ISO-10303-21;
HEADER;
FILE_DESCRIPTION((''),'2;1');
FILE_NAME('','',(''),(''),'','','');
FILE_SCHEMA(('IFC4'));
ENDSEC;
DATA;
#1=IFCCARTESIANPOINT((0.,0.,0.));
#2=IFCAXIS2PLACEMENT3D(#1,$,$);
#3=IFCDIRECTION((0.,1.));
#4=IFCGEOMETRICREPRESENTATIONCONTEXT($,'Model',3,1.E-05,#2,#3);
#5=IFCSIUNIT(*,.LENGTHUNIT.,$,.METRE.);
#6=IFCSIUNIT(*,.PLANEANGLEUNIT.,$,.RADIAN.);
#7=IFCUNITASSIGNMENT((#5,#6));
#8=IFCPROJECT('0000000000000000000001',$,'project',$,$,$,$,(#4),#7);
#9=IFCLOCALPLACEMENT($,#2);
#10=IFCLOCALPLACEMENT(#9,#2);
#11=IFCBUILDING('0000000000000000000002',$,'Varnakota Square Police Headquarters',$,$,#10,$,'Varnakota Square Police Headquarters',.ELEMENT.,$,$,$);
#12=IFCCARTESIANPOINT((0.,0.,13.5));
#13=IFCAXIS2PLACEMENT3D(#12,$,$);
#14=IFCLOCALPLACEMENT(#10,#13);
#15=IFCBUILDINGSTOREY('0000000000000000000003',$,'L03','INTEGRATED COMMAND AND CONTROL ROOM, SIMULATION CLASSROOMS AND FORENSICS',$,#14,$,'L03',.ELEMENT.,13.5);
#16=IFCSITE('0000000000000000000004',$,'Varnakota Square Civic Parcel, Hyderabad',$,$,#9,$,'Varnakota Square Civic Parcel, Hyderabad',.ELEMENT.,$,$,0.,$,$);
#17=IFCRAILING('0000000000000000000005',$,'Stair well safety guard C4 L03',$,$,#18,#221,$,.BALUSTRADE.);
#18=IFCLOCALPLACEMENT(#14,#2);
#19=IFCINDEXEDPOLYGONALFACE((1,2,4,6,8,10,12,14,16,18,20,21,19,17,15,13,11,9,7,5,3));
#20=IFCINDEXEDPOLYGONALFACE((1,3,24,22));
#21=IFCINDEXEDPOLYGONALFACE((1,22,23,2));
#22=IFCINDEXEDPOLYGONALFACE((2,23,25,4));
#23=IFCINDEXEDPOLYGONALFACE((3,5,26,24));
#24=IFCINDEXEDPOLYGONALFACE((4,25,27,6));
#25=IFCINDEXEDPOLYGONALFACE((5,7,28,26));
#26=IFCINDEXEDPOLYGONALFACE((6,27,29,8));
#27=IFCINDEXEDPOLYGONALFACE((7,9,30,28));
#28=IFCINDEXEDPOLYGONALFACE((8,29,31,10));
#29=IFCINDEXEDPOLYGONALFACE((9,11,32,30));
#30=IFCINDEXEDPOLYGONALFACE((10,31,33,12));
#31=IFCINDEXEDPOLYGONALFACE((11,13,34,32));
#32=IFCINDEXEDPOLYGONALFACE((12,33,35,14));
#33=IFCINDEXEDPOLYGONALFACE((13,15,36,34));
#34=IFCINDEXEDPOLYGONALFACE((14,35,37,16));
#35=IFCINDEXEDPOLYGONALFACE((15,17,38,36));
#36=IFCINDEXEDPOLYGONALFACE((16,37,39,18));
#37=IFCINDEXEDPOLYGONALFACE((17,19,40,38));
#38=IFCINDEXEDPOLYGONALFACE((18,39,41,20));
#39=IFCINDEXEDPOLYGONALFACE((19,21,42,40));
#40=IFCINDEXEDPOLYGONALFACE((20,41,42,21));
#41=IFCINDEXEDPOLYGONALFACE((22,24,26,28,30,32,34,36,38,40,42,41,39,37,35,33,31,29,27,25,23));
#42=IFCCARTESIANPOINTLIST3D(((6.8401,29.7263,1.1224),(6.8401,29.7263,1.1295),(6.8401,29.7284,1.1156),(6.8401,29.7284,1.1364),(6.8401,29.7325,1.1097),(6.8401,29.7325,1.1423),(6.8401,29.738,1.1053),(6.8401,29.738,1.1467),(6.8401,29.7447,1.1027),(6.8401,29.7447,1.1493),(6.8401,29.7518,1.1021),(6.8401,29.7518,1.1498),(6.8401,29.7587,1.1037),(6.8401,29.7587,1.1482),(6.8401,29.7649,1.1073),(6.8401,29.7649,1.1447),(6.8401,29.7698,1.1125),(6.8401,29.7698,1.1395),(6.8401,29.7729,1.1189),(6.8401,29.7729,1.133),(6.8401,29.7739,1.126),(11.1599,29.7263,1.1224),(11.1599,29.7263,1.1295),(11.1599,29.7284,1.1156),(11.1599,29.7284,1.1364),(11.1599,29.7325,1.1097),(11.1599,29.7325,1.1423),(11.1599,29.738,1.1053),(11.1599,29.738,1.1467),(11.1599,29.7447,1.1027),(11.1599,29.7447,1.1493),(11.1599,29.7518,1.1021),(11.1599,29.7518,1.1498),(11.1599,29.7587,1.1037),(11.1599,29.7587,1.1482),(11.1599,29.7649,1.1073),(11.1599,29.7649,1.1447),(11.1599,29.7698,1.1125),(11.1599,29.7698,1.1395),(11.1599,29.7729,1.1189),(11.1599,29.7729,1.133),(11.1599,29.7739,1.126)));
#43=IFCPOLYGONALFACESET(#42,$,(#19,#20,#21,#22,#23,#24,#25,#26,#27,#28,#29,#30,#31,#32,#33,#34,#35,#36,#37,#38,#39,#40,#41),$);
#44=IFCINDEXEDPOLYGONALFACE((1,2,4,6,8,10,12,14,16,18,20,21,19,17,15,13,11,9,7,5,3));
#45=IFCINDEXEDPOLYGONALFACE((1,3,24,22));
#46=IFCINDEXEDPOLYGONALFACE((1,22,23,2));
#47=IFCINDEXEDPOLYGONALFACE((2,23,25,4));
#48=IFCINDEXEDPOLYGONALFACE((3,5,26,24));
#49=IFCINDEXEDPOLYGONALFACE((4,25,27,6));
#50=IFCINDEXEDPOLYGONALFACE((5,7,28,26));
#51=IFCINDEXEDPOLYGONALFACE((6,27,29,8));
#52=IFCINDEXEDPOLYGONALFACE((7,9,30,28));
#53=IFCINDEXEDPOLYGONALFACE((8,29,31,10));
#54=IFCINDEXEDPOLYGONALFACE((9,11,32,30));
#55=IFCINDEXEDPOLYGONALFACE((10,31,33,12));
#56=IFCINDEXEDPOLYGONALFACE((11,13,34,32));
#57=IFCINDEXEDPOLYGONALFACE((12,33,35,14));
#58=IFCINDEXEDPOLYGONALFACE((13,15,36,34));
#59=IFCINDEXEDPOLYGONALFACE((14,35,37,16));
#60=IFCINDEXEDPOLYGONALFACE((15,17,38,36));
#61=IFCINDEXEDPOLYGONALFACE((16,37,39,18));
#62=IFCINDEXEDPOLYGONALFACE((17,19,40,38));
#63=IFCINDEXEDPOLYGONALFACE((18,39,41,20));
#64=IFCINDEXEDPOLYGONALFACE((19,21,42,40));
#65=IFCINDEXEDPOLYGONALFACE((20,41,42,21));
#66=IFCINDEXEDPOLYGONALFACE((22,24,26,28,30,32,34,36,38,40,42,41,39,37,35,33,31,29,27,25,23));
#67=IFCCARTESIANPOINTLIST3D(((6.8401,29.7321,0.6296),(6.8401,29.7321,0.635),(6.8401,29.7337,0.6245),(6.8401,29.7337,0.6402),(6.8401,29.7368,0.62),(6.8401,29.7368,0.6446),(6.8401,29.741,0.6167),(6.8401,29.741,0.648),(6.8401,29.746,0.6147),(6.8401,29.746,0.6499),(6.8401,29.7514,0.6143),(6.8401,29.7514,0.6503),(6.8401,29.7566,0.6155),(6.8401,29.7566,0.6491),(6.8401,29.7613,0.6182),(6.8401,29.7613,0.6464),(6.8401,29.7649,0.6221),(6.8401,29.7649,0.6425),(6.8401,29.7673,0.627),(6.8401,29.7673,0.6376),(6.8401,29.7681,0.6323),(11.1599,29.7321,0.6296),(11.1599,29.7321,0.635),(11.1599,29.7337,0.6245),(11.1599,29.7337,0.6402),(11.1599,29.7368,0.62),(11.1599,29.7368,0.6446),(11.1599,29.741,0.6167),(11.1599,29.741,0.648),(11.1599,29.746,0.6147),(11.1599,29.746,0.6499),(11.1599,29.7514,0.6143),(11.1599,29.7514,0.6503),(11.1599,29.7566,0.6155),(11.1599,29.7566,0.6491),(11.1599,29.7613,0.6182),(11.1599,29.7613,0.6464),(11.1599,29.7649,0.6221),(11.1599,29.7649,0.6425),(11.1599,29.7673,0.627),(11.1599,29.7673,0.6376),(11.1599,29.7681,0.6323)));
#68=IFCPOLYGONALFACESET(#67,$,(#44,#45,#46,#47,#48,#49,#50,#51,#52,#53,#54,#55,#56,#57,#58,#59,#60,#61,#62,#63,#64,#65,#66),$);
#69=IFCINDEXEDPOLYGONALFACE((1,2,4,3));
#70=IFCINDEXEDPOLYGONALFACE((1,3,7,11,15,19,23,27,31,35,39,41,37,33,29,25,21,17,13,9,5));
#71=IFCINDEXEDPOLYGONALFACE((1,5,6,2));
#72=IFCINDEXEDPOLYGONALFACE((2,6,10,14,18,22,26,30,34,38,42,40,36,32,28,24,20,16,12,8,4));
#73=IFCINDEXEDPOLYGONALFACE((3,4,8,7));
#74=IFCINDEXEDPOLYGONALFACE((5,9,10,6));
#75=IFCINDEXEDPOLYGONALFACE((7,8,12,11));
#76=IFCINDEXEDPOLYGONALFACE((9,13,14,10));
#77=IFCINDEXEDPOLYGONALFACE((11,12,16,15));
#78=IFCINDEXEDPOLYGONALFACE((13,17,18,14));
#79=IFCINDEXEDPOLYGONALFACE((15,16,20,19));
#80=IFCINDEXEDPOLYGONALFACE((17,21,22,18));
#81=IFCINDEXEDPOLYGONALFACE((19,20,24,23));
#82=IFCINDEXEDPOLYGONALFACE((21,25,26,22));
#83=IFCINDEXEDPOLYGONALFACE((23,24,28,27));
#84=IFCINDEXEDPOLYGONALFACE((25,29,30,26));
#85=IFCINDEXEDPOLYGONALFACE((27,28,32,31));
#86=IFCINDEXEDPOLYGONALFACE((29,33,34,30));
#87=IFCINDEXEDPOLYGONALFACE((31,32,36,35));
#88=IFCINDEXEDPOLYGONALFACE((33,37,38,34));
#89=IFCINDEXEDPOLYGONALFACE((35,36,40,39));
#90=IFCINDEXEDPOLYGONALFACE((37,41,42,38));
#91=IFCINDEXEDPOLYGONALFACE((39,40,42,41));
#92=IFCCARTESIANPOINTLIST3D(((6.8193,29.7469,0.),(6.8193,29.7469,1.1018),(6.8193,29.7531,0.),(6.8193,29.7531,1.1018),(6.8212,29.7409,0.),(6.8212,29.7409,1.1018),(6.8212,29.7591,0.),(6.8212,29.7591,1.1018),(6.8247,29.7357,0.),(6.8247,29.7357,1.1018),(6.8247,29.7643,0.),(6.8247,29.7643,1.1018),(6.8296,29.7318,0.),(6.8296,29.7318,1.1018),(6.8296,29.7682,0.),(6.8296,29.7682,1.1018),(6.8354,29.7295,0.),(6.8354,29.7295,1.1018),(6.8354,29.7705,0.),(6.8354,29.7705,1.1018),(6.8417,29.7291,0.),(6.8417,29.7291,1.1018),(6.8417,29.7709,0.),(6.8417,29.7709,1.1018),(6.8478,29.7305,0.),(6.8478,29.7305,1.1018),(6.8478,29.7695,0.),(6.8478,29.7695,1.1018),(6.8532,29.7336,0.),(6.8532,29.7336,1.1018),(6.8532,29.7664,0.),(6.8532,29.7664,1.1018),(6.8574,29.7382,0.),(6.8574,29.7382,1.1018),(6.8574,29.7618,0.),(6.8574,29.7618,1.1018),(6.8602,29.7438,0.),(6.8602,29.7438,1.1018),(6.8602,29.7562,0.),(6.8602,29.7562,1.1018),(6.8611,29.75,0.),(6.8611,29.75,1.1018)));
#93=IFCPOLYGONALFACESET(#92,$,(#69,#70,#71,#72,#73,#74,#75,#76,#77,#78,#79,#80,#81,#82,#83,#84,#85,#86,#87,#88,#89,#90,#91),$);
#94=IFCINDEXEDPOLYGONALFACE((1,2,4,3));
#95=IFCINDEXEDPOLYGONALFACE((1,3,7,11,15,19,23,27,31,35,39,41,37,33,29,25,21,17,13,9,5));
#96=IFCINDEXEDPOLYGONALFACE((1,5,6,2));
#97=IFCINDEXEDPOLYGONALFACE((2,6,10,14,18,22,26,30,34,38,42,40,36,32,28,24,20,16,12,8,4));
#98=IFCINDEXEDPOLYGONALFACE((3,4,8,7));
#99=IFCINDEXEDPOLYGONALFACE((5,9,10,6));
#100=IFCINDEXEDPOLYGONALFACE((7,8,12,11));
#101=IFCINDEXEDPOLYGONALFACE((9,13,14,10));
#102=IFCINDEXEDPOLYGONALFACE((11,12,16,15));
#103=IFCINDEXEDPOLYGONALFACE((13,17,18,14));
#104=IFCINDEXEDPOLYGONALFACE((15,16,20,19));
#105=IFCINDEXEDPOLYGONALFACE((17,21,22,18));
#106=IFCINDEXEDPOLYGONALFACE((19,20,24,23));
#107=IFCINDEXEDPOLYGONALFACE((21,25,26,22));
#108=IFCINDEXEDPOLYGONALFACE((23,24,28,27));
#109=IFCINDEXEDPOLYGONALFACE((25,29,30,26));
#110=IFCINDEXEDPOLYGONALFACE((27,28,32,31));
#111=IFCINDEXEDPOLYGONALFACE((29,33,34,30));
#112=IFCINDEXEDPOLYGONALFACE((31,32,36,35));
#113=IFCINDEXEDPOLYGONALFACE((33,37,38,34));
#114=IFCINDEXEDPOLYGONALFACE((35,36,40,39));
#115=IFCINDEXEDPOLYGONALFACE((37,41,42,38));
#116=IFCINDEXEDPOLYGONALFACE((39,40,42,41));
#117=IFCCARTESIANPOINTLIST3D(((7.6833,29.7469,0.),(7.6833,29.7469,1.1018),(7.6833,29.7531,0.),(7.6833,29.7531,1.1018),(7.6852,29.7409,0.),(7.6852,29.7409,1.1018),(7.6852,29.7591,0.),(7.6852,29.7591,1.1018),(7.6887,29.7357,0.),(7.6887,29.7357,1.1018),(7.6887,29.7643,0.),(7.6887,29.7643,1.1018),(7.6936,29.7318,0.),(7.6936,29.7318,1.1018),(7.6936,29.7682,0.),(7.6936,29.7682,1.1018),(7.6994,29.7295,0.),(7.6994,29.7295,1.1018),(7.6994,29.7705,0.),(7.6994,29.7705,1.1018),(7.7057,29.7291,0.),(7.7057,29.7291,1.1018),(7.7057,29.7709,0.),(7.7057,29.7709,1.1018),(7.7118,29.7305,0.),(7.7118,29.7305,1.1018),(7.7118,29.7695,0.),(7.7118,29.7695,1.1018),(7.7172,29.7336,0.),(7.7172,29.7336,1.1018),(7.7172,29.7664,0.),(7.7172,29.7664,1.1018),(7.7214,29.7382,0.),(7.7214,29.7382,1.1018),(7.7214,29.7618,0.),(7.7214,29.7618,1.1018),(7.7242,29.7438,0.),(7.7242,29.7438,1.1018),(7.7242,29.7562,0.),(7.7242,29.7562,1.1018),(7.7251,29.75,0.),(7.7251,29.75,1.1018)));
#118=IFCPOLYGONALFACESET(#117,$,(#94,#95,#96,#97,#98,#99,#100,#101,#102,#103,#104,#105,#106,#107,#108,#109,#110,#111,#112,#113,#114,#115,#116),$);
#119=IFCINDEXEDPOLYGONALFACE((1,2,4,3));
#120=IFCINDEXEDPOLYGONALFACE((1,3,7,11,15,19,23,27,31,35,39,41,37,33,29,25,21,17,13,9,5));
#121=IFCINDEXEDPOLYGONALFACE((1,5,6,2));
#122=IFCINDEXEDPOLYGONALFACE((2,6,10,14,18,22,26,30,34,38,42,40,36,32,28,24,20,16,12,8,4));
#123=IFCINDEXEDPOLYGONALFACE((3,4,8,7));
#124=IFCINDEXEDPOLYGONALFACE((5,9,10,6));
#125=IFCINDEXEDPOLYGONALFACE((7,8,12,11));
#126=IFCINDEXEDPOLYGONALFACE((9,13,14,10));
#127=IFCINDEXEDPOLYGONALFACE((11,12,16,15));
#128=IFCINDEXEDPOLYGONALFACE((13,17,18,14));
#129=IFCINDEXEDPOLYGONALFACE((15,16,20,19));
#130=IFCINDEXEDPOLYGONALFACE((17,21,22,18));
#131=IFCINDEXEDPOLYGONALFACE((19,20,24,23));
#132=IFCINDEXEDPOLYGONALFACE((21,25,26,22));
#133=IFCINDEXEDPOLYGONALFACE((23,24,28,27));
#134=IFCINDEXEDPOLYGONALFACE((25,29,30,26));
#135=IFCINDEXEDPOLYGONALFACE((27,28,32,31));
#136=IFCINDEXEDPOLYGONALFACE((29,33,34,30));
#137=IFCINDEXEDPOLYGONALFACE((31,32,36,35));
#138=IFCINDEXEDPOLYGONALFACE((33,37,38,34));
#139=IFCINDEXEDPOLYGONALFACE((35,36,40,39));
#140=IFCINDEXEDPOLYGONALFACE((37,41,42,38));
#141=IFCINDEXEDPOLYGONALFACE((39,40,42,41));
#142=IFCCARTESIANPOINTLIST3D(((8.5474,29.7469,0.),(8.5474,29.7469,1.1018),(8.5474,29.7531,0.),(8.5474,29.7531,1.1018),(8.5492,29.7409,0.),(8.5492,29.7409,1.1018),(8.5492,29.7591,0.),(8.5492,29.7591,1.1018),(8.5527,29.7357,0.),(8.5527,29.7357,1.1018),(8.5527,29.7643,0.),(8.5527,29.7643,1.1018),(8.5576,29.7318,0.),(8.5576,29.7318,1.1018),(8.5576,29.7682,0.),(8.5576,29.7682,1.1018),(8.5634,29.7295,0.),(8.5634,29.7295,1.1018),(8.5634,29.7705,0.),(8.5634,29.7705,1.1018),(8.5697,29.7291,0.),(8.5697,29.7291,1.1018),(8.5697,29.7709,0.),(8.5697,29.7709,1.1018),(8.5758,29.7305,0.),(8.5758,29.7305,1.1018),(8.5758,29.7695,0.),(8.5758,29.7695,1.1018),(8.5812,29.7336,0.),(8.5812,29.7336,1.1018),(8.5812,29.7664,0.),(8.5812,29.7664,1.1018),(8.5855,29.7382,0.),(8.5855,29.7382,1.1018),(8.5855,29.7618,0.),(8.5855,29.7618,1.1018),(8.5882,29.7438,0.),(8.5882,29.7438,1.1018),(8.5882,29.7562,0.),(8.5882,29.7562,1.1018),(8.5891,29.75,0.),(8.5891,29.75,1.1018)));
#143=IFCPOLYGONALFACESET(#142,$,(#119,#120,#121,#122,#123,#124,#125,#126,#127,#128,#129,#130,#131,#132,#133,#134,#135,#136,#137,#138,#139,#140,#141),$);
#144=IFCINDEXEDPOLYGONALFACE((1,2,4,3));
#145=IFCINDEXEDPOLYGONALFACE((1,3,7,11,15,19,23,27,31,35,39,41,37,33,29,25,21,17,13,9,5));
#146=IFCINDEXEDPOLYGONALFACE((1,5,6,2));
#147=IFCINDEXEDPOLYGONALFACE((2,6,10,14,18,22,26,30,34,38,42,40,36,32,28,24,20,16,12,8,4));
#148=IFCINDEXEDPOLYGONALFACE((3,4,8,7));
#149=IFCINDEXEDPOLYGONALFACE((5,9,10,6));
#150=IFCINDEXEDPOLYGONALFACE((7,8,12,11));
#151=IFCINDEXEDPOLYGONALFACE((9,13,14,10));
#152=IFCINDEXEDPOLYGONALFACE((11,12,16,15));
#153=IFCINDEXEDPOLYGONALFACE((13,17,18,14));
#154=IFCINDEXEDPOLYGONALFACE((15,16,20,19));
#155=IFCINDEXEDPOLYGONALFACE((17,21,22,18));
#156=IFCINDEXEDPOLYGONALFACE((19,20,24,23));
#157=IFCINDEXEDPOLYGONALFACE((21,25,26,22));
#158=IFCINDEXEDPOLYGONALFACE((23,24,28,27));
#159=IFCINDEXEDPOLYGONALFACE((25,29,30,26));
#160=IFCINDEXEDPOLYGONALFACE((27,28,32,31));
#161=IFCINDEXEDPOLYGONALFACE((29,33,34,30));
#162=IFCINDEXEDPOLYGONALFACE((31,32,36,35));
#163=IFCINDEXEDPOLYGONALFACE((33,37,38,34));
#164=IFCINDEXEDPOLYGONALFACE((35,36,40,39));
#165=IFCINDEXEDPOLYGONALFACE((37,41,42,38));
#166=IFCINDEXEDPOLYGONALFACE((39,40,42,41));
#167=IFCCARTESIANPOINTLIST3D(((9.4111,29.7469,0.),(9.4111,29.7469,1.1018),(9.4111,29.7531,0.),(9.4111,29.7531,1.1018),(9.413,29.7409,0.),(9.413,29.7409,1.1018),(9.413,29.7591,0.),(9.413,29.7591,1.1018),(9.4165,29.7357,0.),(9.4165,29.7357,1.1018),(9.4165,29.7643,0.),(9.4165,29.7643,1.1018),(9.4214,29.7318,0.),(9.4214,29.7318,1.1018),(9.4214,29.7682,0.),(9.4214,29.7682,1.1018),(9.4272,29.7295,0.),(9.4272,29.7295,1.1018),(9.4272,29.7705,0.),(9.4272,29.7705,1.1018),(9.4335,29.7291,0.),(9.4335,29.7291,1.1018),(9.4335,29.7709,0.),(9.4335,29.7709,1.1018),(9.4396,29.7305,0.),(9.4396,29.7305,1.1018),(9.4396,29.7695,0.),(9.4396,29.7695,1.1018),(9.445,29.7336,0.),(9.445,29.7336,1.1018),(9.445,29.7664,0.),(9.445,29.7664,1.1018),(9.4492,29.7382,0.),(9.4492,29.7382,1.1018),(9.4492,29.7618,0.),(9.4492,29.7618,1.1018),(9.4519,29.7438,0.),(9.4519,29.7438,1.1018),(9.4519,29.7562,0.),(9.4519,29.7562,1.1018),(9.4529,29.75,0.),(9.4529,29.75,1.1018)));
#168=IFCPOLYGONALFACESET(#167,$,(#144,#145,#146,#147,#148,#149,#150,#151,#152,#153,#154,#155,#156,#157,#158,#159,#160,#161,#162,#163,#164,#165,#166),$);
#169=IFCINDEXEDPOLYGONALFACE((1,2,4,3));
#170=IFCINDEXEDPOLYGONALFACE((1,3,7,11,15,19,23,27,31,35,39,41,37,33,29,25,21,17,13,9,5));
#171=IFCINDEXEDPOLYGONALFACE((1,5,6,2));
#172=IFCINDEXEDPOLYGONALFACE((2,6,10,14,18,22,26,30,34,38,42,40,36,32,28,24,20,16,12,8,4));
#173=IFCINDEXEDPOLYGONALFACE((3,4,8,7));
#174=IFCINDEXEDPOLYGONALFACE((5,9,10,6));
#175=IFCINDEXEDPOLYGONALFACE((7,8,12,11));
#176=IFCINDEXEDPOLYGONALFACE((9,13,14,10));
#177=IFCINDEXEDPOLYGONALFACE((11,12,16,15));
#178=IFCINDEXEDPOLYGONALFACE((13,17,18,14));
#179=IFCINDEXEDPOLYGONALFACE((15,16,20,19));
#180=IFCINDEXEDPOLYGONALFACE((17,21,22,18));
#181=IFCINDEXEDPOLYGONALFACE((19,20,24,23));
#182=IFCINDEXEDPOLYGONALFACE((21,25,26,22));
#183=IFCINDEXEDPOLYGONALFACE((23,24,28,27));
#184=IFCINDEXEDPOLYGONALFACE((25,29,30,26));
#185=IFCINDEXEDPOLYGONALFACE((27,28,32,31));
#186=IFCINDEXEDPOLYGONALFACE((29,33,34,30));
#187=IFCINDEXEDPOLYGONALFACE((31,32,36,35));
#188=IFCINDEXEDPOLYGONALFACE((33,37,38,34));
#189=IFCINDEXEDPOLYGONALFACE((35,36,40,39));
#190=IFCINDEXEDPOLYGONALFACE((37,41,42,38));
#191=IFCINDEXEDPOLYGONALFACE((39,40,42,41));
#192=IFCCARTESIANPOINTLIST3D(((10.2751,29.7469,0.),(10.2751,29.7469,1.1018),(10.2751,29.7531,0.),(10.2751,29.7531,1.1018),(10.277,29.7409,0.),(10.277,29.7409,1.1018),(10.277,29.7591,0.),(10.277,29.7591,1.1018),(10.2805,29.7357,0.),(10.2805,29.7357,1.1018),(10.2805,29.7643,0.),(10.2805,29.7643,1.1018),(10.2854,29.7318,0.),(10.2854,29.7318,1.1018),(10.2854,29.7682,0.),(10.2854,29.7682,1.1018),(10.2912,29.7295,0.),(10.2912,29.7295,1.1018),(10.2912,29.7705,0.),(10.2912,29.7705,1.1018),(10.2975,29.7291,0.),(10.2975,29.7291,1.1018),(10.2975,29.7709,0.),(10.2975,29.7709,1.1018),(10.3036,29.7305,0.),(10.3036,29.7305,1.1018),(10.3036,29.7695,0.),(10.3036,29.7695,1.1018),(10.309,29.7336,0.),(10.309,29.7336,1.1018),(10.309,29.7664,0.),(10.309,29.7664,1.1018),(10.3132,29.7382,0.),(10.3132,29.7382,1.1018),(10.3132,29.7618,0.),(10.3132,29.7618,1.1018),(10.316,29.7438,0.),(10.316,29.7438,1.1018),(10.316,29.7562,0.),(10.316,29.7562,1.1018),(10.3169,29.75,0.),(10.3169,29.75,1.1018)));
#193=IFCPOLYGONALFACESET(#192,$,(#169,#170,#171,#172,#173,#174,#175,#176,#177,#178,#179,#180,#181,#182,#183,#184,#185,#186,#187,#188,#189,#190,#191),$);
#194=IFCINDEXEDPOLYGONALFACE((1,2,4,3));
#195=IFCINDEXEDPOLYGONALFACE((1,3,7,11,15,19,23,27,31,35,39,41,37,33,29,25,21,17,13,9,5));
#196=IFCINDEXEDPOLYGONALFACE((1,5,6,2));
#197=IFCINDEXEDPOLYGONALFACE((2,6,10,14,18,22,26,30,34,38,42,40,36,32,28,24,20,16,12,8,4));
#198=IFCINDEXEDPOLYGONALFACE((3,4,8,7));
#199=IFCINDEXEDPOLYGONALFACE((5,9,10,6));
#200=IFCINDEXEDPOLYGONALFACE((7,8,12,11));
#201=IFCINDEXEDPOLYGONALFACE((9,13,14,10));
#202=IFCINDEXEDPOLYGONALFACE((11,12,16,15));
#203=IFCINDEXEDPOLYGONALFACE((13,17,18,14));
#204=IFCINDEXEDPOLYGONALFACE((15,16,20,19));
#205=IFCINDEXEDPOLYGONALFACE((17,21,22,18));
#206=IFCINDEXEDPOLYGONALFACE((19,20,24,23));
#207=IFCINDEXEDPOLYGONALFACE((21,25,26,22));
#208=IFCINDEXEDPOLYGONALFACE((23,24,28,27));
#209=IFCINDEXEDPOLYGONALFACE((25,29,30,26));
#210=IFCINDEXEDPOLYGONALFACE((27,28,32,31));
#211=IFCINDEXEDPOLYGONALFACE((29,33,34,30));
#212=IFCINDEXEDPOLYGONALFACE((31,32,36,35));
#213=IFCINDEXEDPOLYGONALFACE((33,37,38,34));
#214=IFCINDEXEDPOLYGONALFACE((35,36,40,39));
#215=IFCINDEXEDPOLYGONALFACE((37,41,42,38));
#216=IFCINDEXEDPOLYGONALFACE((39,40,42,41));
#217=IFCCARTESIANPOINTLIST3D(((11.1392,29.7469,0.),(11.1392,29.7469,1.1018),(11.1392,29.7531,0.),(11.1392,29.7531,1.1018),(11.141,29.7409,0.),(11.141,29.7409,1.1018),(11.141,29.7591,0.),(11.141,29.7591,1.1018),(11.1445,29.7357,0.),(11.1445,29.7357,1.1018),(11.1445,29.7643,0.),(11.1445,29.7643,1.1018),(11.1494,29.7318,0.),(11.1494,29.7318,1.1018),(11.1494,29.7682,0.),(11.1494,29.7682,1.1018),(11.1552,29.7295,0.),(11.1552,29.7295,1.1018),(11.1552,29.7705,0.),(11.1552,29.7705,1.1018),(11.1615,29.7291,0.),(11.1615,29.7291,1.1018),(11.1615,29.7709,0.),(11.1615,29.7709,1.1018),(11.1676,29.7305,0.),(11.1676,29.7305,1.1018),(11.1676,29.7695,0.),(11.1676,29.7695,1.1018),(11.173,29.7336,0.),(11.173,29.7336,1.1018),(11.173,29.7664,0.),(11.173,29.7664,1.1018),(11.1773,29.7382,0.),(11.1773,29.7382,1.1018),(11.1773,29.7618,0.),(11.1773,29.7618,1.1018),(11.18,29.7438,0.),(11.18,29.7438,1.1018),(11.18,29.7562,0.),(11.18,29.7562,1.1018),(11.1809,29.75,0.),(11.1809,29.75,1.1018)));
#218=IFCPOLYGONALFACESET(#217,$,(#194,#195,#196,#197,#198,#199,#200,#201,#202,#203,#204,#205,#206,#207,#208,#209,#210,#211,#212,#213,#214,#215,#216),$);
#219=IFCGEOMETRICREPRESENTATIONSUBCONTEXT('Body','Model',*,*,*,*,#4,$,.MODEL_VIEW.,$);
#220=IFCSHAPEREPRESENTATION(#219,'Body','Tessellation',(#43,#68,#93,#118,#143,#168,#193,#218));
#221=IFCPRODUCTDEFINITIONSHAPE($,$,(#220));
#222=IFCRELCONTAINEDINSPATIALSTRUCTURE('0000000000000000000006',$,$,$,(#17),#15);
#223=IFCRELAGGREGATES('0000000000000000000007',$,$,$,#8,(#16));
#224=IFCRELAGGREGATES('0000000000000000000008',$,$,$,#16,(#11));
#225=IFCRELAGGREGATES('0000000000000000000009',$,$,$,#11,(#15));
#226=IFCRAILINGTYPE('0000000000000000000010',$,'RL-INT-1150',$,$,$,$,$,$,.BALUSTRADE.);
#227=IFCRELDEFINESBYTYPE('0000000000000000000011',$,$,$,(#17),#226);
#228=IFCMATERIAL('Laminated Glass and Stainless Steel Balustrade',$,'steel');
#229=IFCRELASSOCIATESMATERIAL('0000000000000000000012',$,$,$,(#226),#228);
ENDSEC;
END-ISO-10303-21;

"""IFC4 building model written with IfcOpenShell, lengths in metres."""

from ifc_helpers import new_model, si_unit, direction, frame, origin, origin_2d, place, context, subcontext, project, spatial, circle, extrude, material, type_object, element, save


model = new_model("IFC4")

# Units and contexts
model_context = context("Model", 3, precision=1e-05, world=origin(), true_north=direction((0.0, 1.0)))
body_context = subcontext(model_context, "Body", "Model", "MODEL_VIEW")
ifc_project = project(units=[si_unit("LENGTHUNIT", "METRE"), si_unit("PLANEANGLEUNIT", "RADIAN")], contexts=[model_context])

# Site, building, storey
site_placement = place(None, origin())
site = spatial("IfcSite", under=ifc_project, at=site_placement, Name="Varnakota Square Civic Parcel, Hyderabad", LongName="Varnakota Square Civic Parcel, Hyderabad", CompositionType="ELEMENT", RefElevation=0.0)
building_placement = place(site_placement, origin())
building = spatial("IfcBuilding", under=site, at=building_placement, Name="Varnakota Square Police Headquarters", LongName="Varnakota Square Police Headquarters", CompositionType="ELEMENT")
storey_placement = place(building_placement, frame((0.0, 0.0, 13.5)))
storey = spatial("IfcBuildingStorey", under=building, at=storey_placement, Name="L03", Description="INTEGRATED COMMAND AND CONTROL ROOM, SIMULATION CLASSROOMS AND FORENSICS", LongName="L03", CompositionType="ELEMENT", Elevation=13.5)

# Railing
ifc_material_1 = material(Name="Laminated Glass and Stainless Steel Balustrade", Category="steel")
railing_type_1 = type_object("IfcRailingType", Name="RL-INT-1150", PredefinedType="BALUSTRADE", material=ifc_material_1)
railing_1_placement = place(storey_placement, frame((6.8401, 29.75, 0.0)))
element("IfcRailing", 1, at=railing_1_placement, inside=storey, type_object=railing_type_1, Name="Stair well safety guard C4 L03", PredefinedType="BALUSTRADE", context=body_context, shape_type="SweptSolid", body=[
    extrude(circle(Radius=0.0239, at=origin_2d()), frame((0.0, 0.0, 1.126), z_axis=(1.0, 0.0, 0.0), x_axis=(0.0, 1.0, 0.0)), (0.0, 0.0, 1.0), 4.3198),
    extrude(circle(Radius=0.0181, at=origin_2d()), frame((0.0, 0.0, 0.6323), z_axis=(1.0, 0.0, 0.0), x_axis=(0.0, 1.0, 0.0)), (0.0, 0.0, 1.0), 4.3198),
    extrude(circle(Radius=0.021, at=origin_2d()), origin(), (0.0, 0.0, 1.0), 1.1018),
    extrude(circle(Radius=0.021, at=origin_2d()), frame((0.864, 0.0, 0.0)), (0.0, 0.0, 1.0), 1.1018),
    extrude(circle(Radius=0.021, at=origin_2d()), frame((1.728, 0.0, 0.0)), (0.0, 0.0, 1.0), 1.1018),
    extrude(circle(Radius=0.021, at=origin_2d()), frame((2.5918, 0.0, 0.0)), (0.0, 0.0, 1.0), 1.1018),
    extrude(circle(Radius=0.021, at=origin_2d()), frame((3.4558, 0.0, 0.0)), (0.0, 0.0, 1.0), 1.1018),
    extrude(circle(Radius=0.021, at=origin_2d()), frame((4.3198, 0.0, 0.0)), (0.0, 0.0, 1.0), 1.1018),
])

save(model, "model.ifc")
